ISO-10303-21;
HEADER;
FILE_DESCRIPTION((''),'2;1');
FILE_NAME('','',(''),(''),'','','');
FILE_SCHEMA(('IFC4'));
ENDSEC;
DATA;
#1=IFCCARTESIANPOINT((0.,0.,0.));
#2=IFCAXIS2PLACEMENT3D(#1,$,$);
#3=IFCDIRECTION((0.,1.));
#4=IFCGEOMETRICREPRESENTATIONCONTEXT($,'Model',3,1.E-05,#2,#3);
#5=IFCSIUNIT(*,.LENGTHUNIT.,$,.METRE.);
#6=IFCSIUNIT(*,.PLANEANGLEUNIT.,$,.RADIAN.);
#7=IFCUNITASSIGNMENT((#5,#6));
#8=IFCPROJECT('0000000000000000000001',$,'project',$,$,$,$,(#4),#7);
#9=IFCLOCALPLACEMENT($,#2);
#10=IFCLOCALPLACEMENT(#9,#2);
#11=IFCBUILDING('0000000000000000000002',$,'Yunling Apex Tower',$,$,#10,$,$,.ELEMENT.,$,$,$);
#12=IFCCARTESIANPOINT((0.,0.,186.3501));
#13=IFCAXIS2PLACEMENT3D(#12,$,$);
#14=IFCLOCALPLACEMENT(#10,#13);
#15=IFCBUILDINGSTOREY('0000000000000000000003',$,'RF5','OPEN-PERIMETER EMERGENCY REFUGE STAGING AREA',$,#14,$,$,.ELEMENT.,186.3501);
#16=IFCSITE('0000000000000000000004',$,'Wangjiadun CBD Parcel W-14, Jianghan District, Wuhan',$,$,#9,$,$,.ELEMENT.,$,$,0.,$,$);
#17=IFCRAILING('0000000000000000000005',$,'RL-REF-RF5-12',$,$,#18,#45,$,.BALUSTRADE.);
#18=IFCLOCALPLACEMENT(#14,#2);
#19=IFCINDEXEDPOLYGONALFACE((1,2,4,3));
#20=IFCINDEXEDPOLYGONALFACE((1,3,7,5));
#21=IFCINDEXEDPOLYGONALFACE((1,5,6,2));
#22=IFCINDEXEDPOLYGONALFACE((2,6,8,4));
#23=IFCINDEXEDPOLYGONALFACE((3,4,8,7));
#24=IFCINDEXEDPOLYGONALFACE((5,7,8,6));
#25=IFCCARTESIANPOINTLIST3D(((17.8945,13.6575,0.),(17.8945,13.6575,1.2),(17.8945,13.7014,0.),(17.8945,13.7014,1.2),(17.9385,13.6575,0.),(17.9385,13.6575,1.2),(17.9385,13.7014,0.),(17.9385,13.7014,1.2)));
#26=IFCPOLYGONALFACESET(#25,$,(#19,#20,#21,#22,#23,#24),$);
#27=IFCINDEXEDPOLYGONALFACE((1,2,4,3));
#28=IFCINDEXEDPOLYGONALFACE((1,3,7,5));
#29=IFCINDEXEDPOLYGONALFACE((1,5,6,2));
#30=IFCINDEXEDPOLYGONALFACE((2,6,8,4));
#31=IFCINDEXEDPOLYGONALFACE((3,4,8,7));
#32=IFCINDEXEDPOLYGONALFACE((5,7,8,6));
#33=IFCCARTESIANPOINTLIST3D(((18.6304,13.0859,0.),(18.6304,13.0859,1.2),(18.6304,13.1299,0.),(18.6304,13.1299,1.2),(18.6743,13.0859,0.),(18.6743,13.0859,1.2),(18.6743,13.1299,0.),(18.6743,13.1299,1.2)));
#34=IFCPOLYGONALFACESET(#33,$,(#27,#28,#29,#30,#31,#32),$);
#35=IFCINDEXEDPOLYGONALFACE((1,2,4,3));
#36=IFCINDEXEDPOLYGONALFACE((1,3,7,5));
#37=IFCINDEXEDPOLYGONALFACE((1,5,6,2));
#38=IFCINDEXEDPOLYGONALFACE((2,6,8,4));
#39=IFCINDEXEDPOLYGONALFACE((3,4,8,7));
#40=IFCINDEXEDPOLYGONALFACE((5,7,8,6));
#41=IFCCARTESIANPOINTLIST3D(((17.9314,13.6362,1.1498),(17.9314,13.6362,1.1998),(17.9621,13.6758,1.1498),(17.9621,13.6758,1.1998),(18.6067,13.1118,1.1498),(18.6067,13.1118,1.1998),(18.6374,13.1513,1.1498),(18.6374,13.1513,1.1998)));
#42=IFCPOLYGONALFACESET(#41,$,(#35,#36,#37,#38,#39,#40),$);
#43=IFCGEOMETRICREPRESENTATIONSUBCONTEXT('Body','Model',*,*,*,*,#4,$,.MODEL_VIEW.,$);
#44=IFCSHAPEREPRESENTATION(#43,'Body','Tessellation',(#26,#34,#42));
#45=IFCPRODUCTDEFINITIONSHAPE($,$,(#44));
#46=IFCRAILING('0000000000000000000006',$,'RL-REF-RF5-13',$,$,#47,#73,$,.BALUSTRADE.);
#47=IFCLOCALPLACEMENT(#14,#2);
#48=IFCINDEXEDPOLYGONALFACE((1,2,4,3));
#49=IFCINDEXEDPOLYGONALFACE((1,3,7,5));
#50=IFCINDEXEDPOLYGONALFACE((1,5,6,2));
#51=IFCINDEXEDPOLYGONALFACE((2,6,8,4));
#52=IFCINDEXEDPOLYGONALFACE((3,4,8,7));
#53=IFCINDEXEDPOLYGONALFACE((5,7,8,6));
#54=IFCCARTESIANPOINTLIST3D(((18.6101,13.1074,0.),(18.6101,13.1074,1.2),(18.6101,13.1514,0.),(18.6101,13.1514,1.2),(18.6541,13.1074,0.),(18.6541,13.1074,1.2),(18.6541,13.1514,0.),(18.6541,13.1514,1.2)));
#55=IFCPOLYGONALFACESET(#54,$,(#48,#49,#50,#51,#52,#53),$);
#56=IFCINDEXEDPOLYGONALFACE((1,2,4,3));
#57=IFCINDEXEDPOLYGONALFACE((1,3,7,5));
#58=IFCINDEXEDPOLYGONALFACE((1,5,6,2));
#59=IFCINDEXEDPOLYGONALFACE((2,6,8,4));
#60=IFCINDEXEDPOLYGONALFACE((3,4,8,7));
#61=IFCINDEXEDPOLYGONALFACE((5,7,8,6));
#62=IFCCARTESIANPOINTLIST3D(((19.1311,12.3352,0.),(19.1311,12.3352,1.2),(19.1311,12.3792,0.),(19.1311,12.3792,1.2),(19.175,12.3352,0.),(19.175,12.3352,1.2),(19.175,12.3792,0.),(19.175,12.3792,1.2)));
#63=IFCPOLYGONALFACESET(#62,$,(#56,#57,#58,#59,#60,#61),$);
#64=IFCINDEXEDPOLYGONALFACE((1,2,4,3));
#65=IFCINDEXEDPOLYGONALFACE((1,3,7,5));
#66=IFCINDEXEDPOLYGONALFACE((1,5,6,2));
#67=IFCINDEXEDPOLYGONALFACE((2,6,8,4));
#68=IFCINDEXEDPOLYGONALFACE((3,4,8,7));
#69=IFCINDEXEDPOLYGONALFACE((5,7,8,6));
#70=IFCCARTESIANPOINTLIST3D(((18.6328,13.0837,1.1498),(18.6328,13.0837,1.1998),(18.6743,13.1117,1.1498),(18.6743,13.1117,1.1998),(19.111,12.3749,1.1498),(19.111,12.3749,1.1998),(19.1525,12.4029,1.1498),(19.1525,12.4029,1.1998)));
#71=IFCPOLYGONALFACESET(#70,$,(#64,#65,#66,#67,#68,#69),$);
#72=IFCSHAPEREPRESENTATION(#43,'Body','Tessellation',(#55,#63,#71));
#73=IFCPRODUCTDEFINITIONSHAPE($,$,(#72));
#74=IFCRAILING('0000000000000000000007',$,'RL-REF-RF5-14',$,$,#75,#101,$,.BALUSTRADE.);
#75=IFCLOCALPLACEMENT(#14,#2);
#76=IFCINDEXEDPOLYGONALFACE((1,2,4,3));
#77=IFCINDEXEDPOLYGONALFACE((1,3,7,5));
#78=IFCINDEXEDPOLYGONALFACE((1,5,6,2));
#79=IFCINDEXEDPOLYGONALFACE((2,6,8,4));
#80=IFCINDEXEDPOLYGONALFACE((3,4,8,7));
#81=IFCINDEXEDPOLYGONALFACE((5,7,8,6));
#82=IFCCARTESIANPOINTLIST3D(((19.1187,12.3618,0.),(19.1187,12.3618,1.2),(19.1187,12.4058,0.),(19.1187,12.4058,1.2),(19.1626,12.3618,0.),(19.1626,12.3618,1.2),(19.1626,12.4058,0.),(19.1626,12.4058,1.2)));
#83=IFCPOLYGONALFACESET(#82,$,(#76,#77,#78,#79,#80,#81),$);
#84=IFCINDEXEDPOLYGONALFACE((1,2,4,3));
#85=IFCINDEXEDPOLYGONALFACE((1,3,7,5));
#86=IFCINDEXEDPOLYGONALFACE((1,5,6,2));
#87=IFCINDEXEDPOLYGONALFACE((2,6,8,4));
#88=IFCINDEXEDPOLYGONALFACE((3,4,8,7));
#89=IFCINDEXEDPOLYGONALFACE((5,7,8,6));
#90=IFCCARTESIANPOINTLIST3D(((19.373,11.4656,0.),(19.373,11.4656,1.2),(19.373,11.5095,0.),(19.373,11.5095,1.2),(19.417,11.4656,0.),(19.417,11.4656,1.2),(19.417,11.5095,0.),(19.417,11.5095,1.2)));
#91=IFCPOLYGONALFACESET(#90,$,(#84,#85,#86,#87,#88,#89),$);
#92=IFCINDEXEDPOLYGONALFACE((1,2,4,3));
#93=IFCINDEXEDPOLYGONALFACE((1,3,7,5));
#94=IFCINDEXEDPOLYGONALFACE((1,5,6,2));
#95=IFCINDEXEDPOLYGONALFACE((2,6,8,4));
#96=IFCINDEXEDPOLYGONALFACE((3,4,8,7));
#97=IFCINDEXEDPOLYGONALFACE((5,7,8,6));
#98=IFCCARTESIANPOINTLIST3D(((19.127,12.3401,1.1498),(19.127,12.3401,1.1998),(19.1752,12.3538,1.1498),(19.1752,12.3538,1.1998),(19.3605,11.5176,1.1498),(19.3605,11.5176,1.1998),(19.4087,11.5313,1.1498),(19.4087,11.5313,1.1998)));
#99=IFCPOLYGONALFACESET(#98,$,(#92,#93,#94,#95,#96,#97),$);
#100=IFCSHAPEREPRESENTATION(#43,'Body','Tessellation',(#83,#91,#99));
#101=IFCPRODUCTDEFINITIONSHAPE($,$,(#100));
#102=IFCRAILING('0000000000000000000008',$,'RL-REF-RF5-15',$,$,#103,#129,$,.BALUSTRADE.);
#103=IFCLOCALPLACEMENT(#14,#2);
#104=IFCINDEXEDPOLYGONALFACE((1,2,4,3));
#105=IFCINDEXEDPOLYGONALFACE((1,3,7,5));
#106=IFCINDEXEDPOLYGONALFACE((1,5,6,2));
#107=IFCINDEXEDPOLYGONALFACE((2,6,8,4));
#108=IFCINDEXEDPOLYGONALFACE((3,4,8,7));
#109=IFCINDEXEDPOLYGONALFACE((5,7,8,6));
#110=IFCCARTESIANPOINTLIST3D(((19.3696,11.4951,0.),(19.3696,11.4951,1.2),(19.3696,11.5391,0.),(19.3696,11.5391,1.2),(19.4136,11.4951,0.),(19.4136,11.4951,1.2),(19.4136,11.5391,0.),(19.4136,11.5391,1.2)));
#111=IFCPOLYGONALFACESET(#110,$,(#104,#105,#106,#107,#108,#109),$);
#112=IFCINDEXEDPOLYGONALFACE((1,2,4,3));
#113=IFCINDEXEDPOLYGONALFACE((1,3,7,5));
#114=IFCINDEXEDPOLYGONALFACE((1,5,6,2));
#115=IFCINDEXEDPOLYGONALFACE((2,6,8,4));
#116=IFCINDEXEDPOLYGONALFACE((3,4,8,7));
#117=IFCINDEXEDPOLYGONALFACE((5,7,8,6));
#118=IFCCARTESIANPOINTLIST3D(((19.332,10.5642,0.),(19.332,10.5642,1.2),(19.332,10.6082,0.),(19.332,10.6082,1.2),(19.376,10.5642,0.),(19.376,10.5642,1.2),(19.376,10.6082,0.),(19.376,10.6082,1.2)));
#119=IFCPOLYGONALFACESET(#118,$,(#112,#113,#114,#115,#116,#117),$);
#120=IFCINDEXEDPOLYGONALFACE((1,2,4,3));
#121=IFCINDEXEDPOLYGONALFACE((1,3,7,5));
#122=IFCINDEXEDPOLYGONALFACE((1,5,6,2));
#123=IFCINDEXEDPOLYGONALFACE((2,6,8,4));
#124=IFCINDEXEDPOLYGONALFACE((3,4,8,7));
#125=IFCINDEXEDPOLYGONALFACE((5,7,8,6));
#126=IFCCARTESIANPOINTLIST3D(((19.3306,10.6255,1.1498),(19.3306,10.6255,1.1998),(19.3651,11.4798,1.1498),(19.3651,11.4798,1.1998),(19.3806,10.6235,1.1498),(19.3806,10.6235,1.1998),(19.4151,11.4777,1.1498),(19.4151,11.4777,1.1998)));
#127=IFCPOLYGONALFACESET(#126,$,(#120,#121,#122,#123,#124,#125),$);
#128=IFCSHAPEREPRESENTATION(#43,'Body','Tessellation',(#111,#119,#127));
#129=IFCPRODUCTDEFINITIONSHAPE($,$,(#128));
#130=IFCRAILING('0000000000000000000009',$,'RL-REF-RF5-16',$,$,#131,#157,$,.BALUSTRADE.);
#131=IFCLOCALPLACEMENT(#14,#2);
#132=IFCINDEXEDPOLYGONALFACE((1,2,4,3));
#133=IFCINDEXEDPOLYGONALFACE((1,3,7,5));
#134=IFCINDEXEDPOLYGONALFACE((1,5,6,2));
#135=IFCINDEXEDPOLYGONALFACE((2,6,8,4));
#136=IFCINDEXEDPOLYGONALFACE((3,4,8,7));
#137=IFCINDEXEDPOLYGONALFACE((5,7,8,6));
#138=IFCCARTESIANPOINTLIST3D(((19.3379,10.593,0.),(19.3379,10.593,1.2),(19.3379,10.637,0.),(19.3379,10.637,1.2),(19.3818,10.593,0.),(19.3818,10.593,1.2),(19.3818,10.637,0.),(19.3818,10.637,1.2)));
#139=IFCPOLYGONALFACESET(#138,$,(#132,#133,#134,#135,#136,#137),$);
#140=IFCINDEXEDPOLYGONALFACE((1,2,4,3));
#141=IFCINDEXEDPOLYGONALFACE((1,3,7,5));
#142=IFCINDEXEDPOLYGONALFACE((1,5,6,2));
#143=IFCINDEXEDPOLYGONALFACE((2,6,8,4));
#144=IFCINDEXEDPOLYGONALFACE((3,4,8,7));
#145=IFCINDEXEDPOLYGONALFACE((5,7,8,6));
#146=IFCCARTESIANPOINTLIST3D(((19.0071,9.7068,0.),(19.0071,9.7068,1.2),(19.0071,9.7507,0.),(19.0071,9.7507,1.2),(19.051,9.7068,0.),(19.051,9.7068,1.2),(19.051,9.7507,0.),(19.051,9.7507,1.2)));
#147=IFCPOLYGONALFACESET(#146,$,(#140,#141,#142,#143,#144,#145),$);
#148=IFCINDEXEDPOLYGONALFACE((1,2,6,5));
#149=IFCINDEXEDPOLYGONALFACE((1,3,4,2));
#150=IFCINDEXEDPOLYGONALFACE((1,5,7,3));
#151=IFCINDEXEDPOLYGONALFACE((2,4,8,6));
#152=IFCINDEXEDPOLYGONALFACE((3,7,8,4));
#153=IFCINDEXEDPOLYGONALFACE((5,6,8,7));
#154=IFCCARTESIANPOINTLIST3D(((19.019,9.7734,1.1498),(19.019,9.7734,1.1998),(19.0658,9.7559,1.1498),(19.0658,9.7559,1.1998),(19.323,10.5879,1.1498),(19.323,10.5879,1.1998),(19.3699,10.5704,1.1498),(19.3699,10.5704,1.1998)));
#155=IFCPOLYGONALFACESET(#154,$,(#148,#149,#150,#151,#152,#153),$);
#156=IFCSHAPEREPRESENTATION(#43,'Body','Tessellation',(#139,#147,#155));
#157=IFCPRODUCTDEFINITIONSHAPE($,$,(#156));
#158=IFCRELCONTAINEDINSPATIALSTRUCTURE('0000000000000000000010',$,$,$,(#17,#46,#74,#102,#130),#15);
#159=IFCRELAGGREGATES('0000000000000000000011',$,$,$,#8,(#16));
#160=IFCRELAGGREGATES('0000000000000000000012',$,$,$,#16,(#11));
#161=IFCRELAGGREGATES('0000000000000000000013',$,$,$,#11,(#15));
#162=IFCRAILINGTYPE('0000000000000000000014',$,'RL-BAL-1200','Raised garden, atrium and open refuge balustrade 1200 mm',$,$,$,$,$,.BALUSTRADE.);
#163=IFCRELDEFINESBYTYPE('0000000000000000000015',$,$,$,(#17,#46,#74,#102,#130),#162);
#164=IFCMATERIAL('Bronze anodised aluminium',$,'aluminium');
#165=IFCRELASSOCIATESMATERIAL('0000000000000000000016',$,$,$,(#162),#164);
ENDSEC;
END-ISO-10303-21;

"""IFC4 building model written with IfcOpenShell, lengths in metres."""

from ifc_helpers import new_model, si_unit, direction, frame, origin, origin_2d, place, context, subcontext, project, spatial, rectangle, extrude, material, type_object, element, save


model = new_model("IFC4")

# Units and contexts
model_context = context("Model", 3, precision=1e-05, world=origin(), true_north=direction((0.0, 1.0)))
body_context = subcontext(model_context, "Body", "Model", "MODEL_VIEW")
ifc_project = project(units=[si_unit("LENGTHUNIT", "METRE"), si_unit("PLANEANGLEUNIT", "RADIAN")], contexts=[model_context])

# Site, building, storey
site_placement = place(None, origin())
site = spatial("IfcSite", under=ifc_project, at=site_placement, Name="Wangjiadun CBD Parcel W-14, Jianghan District, Wuhan", CompositionType="ELEMENT", RefElevation=0.0)
building_placement = place(site_placement, origin())
building = spatial("IfcBuilding", under=site, at=building_placement, Name="Yunling Apex Tower", CompositionType="ELEMENT")
storey_placement = place(building_placement, frame((0.0, 0.0, 186.3501)))
storey = spatial("IfcBuildingStorey", under=building, at=storey_placement, Name="RF5", Description="OPEN-PERIMETER EMERGENCY REFUGE STAGING AREA", CompositionType="ELEMENT", Elevation=186.3501)

# Railings
ifc_material_1 = material(Name="Bronze anodised aluminium", Category="aluminium")
railing_type = type_object("IfcRailingType", Name="RL-BAL-1200", Description="Raised garden, atrium and open refuge balustrade 1200 mm", PredefinedType="BALUSTRADE", material=ifc_material_1)
railing_1_placement = place(storey_placement, frame((17.9165, 13.6794, 0.0)))
element("IfcRailing", 1, at=railing_1_placement, inside=storey, type_object=railing_type, Name="RL-REF-RF5-12", PredefinedType="BALUSTRADE", context=body_context, shape_type="SweptSolid", body=[
    extrude(rectangle(XDim=0.0439, YDim=0.0439, at=origin_2d()), origin(), (0.0, 0.0, 1.0), 1.2),
    extrude(rectangle(XDim=0.0439, YDim=0.0439, at=origin_2d()), frame((0.7358, -0.5715, 0.0)), (0.0, 0.0, 1.0), 1.2),
    extrude(rectangle(XDim=0.05, YDim=0.05, at=origin_2d()), frame((0.0303, -0.0234, 1.1748), z_axis=(0.789761, -0.613414, 0.0), x_axis=(0.613414, 0.789761, 0.0)), (0.0, 0.0, 1.0), 0.855),
])
railing_2_placement = place(storey_placement, frame((18.6321, 13.1294, 0.0)))
element("IfcRailing", 2, at=railing_2_placement, inside=storey, type_object=railing_type, Name="RL-REF-RF5-13", PredefinedType="BALUSTRADE", context=body_context, shape_type="SweptSolid", body=[
    extrude(rectangle(XDim=0.0439, YDim=0.0439, at=origin_2d()), origin(), (0.0, 0.0, 1.0), 1.2),
    extrude(rectangle(XDim=0.0439, YDim=0.0439, at=origin_2d()), frame((0.521, -0.7722, 0.0)), (0.0, 0.0, 1.0), 1.2),
    extrude(rectangle(XDim=0.05, YDim=0.05, at=origin_2d()), frame((0.0215, -0.0317, 1.1748), z_axis=(0.559288, -0.828973, 0.0), x_axis=(0.828973, 0.559288, 0.0)), (0.0, 0.0, 1.0), 0.855),
])
railing_3_placement = place(storey_placement, frame((19.1406, 12.3838, 0.0)))
element("IfcRailing", 3, at=railing_3_placement, inside=storey, type_object=railing_type, Name="RL-REF-RF5-14", PredefinedType="BALUSTRADE", context=body_context, shape_type="SweptSolid", body=[
    extrude(rectangle(XDim=0.0439, YDim=0.0439, at=origin_2d()), origin(), (0.0, 0.0, 1.0), 1.2),
    extrude(rectangle(XDim=0.0439, YDim=0.0439, at=origin_2d()), frame((0.2544, -0.8962, 0.0)), (0.0, 0.0, 1.0), 1.2),
    extrude(rectangle(XDim=0.05, YDim=0.05, at=origin_2d()), frame((0.0105, -0.0369, 1.1748), z_axis=(0.273059, -0.961997, 0.0), x_axis=(0.961997, 0.273059, 0.0)), (0.0, 0.0, 1.0), 0.855),
])
railing_4_placement = place(storey_placement, frame((19.3916, 11.5171, 0.0)))
element("IfcRailing", 4, at=railing_4_placement, inside=storey, type_object=railing_type, Name="RL-REF-RF5-15", PredefinedType="BALUSTRADE", context=body_context, shape_type="SweptSolid", body=[
    extrude(rectangle(XDim=0.0439, YDim=0.0439, at=origin_2d()), origin(), (0.0, 0.0, 1.0), 1.2),
    extrude(rectangle(XDim=0.0439, YDim=0.0439, at=origin_2d()), frame((-0.0376, -0.9309, 0.0)), (0.0, 0.0, 1.0), 1.2),
    extrude(rectangle(XDim=0.05, YDim=0.05, at=origin_2d()), frame((-0.0015, -0.0383, 1.1748), z_axis=(-0.040355, -0.999185, 0.0), x_axis=(0.999185, -0.040355, 0.0)), (0.0, 0.0, 1.0), 0.855),
])
railing_5_placement = place(storey_placement, frame((19.3599, 10.615, 0.0)))
element("IfcRailing", 5, at=railing_5_placement, inside=storey, type_object=railing_type, Name="RL-REF-RF5-16", PredefinedType="BALUSTRADE", context=body_context, shape_type="SweptSolid", body=[
    extrude(rectangle(XDim=0.0439, YDim=0.0439, at=origin_2d()), origin(), (0.0, 0.0, 1.0), 1.2),
    extrude(rectangle(XDim=0.0439, YDim=0.0439, at=origin_2d()), frame((-0.3308, -0.8862, 0.0)), (0.0, 0.0, 1.0), 1.2),
    extrude(rectangle(XDim=0.05, YDim=0.05, at=origin_2d()), frame((-0.0134, -0.0359, 1.1748), z_axis=(-0.349709, -0.936858, 0.0), x_axis=(0.936858, -0.349709, 0.0)), (0.0, 0.0, 1.0), 0.8694),
])

save(model, "model.ifc")
